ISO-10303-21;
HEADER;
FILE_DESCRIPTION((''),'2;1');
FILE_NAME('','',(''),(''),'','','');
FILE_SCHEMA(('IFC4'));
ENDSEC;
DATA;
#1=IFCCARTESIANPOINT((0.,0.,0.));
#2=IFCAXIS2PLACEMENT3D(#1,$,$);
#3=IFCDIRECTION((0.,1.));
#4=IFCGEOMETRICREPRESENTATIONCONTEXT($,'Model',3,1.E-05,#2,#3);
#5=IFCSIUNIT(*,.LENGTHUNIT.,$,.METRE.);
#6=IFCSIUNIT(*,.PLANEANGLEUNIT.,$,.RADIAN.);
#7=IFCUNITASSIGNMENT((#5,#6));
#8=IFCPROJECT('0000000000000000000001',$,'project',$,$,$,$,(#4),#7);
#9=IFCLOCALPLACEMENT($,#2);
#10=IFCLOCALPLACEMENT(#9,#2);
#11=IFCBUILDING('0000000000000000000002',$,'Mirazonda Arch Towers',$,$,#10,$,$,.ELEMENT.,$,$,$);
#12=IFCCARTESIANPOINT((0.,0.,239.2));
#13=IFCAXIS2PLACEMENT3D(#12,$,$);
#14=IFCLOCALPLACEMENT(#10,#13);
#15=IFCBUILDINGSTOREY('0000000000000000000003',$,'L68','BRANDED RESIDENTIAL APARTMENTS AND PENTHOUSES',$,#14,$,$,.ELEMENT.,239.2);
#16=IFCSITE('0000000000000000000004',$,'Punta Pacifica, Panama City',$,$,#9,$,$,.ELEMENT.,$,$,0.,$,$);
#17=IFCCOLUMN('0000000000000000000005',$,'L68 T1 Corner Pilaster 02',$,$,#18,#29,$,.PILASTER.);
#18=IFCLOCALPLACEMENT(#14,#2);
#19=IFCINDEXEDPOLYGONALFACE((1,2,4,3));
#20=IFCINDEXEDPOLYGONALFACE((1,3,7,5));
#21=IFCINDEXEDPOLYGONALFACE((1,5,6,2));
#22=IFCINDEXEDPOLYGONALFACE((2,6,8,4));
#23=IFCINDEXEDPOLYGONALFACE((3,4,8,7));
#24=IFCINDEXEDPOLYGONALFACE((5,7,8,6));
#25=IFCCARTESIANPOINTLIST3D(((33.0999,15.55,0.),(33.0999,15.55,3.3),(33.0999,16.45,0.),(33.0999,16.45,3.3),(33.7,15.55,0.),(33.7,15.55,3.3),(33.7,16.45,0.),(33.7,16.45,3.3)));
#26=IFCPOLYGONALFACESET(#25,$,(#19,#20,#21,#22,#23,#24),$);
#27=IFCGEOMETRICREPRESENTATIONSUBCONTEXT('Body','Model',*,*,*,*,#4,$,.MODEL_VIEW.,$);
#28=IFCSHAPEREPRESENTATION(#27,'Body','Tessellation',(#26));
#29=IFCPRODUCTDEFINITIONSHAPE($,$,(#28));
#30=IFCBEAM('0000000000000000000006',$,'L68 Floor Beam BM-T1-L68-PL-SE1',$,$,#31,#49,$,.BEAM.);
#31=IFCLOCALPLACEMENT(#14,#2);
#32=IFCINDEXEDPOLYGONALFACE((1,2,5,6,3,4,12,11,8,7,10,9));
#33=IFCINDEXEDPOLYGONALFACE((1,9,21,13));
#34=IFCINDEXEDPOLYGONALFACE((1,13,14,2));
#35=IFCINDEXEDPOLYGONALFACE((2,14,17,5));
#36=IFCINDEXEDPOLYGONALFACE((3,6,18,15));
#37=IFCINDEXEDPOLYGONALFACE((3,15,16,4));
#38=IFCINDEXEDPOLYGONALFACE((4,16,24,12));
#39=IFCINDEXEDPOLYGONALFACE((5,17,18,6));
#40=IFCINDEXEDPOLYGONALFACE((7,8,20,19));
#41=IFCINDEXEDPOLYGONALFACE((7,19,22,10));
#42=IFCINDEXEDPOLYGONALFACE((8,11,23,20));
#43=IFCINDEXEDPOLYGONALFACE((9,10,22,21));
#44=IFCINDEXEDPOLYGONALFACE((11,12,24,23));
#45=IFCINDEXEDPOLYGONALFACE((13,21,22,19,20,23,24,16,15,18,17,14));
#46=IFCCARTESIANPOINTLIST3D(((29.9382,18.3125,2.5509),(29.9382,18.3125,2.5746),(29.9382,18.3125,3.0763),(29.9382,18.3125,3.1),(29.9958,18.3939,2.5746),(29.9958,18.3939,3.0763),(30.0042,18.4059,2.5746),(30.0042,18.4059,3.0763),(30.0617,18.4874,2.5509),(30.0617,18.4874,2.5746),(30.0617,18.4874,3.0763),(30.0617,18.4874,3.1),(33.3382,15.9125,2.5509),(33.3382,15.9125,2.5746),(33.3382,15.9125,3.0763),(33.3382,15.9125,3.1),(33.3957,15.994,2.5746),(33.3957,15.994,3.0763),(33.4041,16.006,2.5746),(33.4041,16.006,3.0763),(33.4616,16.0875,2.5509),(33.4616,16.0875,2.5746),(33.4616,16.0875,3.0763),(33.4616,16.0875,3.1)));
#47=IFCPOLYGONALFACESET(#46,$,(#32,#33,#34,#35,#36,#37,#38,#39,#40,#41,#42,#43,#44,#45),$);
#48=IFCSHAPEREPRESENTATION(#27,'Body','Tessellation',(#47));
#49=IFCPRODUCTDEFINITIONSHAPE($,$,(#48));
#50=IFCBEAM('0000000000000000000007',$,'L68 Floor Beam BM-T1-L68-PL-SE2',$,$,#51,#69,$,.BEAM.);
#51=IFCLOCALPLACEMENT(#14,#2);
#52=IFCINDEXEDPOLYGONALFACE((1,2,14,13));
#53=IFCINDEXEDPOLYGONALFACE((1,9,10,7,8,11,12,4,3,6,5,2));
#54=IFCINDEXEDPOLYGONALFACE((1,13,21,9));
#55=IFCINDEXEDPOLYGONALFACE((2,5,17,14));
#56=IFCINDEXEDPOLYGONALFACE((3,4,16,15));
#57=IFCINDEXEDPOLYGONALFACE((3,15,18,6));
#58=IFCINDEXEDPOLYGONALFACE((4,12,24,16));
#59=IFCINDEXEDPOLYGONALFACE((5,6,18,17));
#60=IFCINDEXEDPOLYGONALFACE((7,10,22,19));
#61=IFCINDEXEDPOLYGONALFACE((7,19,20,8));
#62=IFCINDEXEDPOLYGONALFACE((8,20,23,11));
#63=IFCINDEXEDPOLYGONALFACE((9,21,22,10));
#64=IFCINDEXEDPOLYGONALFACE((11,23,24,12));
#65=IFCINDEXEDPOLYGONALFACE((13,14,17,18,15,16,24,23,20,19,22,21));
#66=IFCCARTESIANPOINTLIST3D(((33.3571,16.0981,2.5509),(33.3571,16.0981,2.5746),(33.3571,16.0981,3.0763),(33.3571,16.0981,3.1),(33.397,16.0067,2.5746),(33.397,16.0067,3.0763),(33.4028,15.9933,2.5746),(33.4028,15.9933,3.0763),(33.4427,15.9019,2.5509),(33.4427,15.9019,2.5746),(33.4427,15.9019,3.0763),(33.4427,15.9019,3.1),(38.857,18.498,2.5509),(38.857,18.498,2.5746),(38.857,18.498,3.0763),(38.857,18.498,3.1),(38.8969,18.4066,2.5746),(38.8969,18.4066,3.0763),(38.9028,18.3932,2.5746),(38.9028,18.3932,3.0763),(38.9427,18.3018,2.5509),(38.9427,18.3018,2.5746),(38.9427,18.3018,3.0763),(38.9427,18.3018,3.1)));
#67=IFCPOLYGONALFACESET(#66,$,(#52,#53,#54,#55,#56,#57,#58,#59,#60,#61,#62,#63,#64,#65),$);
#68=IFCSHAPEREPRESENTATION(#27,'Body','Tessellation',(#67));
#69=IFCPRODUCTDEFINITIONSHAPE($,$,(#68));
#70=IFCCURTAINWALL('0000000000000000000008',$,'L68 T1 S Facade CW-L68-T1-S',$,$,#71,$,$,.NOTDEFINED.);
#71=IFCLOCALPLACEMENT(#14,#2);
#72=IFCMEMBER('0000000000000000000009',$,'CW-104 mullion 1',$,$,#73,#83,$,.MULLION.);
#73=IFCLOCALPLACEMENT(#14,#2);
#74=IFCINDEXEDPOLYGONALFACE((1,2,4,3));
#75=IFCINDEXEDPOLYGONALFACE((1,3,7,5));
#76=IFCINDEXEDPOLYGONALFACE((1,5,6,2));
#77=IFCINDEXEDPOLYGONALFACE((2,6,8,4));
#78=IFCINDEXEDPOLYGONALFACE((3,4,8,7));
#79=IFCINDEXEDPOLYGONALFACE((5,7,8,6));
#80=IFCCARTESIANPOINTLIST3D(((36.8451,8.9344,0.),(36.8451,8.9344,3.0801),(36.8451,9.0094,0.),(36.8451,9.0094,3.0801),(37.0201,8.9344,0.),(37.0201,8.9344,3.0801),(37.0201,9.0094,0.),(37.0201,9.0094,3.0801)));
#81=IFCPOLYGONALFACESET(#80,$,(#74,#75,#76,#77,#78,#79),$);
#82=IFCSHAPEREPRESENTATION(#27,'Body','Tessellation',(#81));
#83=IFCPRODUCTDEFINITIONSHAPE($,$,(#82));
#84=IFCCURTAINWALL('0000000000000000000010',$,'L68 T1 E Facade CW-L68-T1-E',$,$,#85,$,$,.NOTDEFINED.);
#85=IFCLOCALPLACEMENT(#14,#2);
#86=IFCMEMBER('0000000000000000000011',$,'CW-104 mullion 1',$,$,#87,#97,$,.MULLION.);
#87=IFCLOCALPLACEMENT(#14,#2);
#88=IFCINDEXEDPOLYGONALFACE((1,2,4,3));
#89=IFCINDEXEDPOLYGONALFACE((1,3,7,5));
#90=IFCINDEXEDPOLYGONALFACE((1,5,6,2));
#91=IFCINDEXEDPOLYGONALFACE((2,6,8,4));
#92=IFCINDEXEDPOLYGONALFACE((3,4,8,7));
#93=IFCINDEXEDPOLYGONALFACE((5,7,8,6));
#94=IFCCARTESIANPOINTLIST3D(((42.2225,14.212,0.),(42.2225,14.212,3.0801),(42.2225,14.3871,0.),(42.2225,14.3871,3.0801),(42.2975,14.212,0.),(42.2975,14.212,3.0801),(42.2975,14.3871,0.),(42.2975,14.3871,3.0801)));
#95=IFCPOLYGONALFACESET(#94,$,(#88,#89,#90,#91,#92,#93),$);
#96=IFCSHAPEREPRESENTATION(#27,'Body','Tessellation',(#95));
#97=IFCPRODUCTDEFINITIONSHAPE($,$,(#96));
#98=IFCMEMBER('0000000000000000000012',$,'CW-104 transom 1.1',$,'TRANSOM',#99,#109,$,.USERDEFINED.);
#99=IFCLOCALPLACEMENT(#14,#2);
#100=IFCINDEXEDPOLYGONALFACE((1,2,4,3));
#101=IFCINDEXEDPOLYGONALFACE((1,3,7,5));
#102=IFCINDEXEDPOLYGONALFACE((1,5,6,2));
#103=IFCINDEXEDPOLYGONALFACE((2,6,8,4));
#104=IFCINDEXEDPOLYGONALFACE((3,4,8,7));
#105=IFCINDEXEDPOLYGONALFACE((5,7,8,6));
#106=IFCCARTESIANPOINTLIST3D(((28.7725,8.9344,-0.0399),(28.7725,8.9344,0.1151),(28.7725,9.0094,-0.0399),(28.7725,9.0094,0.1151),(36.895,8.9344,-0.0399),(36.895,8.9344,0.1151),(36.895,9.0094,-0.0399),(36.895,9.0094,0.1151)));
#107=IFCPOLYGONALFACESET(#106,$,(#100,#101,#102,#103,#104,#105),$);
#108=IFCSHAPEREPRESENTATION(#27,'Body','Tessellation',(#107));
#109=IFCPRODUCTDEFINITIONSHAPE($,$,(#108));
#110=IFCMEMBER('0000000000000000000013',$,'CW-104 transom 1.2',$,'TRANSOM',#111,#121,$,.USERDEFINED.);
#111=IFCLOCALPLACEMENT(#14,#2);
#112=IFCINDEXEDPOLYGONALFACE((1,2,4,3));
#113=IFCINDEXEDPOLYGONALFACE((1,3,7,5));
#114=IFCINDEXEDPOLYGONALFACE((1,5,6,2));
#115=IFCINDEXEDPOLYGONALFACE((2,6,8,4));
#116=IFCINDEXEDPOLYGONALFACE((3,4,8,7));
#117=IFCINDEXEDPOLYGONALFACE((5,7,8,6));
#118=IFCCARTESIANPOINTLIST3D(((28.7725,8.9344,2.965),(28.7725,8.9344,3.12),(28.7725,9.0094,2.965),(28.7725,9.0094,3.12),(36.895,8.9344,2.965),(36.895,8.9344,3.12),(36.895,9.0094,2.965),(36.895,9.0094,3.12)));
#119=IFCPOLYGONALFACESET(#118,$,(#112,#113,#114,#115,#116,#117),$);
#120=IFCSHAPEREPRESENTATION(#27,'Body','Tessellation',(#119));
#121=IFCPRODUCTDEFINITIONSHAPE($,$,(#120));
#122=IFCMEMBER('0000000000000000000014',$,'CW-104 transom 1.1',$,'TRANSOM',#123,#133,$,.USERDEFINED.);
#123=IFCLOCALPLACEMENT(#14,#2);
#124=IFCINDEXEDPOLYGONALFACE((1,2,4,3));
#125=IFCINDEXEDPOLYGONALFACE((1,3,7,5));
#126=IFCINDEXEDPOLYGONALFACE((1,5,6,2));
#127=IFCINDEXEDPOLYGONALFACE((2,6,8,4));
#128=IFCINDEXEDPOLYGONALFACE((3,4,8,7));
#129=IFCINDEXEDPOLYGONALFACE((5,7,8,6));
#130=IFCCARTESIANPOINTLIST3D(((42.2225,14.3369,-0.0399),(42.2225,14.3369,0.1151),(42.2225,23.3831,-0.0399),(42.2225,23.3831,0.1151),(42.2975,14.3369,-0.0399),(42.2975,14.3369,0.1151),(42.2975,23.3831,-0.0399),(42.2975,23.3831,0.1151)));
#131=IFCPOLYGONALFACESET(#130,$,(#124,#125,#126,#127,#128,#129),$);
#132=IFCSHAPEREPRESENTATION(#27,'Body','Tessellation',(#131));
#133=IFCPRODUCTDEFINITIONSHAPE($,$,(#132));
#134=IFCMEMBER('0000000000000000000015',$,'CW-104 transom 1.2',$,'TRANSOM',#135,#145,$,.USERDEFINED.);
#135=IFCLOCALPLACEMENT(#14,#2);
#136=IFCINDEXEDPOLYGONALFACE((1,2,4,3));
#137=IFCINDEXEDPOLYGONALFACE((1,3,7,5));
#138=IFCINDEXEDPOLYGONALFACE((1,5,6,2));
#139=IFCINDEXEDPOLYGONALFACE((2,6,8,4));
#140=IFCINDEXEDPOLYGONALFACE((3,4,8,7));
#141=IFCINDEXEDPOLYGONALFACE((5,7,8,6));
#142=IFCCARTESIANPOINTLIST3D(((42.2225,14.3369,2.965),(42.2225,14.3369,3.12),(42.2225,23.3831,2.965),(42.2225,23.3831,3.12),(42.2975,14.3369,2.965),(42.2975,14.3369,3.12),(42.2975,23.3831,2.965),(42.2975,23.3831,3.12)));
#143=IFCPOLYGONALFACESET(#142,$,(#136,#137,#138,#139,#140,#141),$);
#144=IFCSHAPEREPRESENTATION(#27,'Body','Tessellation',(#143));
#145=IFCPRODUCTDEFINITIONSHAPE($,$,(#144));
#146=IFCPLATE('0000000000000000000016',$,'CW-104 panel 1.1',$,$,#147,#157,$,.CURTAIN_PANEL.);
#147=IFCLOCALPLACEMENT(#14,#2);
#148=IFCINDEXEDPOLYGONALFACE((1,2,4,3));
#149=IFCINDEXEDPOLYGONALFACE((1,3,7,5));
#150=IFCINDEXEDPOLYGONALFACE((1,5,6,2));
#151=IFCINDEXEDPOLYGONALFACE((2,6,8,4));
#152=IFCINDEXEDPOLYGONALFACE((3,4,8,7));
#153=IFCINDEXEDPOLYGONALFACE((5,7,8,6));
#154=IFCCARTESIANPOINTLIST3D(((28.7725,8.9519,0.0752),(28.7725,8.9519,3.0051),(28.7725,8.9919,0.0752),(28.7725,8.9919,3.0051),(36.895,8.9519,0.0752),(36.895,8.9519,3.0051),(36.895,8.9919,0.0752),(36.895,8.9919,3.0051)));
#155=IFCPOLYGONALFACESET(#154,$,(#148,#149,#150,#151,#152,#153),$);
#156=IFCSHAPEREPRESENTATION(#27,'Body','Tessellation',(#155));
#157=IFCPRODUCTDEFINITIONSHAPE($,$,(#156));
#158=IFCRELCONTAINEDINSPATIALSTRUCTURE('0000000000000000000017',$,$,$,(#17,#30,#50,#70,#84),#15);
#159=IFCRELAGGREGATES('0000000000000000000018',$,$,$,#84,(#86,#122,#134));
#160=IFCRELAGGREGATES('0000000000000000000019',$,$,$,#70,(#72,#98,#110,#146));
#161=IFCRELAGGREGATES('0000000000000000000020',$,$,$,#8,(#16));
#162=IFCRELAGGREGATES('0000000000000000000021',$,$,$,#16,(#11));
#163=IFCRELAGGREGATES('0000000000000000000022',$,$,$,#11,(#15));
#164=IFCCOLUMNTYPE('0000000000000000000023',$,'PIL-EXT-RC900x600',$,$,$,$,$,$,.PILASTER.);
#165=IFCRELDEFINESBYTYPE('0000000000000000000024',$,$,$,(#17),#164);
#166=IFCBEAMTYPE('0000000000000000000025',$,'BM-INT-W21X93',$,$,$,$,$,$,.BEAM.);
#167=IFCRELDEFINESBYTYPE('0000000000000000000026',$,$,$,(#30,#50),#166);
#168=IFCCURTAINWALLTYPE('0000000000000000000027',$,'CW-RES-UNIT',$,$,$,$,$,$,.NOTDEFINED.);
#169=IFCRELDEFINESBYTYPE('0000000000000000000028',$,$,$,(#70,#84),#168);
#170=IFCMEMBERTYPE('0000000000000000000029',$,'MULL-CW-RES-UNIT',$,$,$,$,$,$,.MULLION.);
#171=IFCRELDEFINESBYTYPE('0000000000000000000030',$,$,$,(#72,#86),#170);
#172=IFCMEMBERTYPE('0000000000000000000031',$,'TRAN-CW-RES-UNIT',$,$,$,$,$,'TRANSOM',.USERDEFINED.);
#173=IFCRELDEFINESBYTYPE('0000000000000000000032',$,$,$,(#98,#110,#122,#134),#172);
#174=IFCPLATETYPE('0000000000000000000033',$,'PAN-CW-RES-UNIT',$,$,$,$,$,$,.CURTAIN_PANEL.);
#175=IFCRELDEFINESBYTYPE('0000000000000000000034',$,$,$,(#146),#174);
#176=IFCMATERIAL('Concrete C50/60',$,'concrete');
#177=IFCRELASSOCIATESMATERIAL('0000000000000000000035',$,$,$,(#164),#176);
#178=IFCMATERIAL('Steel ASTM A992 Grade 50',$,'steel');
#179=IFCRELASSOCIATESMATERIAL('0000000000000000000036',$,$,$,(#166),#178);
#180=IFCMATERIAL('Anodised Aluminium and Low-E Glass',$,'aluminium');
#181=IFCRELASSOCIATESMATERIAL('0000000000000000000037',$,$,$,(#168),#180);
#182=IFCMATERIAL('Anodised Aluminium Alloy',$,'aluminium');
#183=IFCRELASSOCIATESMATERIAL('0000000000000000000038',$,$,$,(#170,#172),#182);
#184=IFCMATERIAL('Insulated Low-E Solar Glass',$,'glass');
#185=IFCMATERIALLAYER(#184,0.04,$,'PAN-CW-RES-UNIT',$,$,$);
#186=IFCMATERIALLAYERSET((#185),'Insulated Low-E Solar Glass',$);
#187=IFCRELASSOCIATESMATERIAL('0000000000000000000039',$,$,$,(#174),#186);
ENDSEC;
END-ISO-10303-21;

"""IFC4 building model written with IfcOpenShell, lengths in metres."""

from ifc_helpers import new_model, si_unit, direction, frame, origin, origin_2d, place, context, subcontext, project, spatial, rectangle, i_section, extrude, material, layer, layer_set, material_profile, profile_set, type_object, element, aggregate, save


model = new_model("IFC4")

# Units and contexts
model_context = context("Model", 3, precision=1e-05, world=origin(), true_north=direction((0.0, 1.0)))
body_context = subcontext(model_context, "Body", "Model", "MODEL_VIEW")
ifc_project = project(units=[si_unit("LENGTHUNIT", "METRE"), si_unit("PLANEANGLEUNIT", "RADIAN")], contexts=[model_context])

# Site, building, storey
site_placement = place(None, origin())
site = spatial("IfcSite", under=ifc_project, at=site_placement, Name="Punta Pacifica, Panama City", CompositionType="ELEMENT", RefElevation=0.0)
building_placement = place(site_placement, origin())
building = spatial("IfcBuilding", under=site, at=building_placement, Name="Mirazonda Arch Towers", CompositionType="ELEMENT")
storey_placement = place(building_placement, frame((0.0, 0.0, 239.2)))
storey = spatial("IfcBuildingStorey", under=building, at=storey_placement, Name="L68", Description="BRANDED RESIDENTIAL APARTMENTS AND PENTHOUSES", CompositionType="ELEMENT", Elevation=239.2)

# Column
ifc_material_1 = material(Name="Concrete C50/60", Category="concrete")
ifc_material_profile_1 = material_profile(ifc_material_1, rectangle(XDim=0.6001, YDim=0.8999, at=origin_2d()), Name="RC900x600")
ifc_profile_set_1 = profile_set([ifc_material_profile_1], Name="Concrete C50/60")
column_type = type_object("IfcColumnType", Name="PIL-EXT-RC900x600", PredefinedType="PILASTER", material=ifc_profile_set_1)
column_placement = place(storey_placement, frame((33.3999, 16.0, 0.0), z_axis=(0.0, 0.0, 1.0), x_axis=(1.0, 0.0, 0.0)))
element("IfcColumn", 1, at=column_placement, inside=storey, type_object=column_type, Name="L68 T1 Corner Pilaster 02", PredefinedType="PILASTER", context=body_context, shape_type="SweptSolid", body=[
    extrude(rectangle(XDim=0.6001, YDim=0.8999, at=origin_2d()), origin(), (0.0, 0.0, 1.0), 3.3),
])

# Beams
ifc_material_2 = material(Name="Steel ASTM A992 Grade 50", Category="steel")
ifc_material_profile_2 = material_profile(ifc_material_2, i_section(OverallWidth=0.2141, OverallDepth=0.5491, WebThickness=0.0146, FlangeThickness=0.0237, at=origin_2d()), Name="W21X93")
ifc_profile_set_2 = profile_set([ifc_material_profile_2], Name="Steel ASTM A992 Grade 50")
beam_type = type_object("IfcBeamType", Name="BM-INT-W21X93", PredefinedType="BEAM", material=ifc_profile_set_2)
beam_1_placement = place(storey_placement, frame((33.3999, 16.0, 2.8254), z_axis=(-0.816971, 0.576679, 0.0), x_axis=(-0.576679, -0.816971, 0.0)))
element("IfcBeam", 2, at=beam_1_placement, inside=storey, type_object=beam_type, Name="L68 Floor Beam BM-T1-L68-PL-SE1", PredefinedType="BEAM", context=body_context, shape_type="SweptSolid", body=[
    extrude(i_section(OverallWidth=0.2141, OverallDepth=0.5491, WebThickness=0.0146, FlangeThickness=0.0237, at=origin_2d()), origin(), (0.0, 0.0, 1.0), 4.1616),
])
beam_2_placement = place(storey_placement, frame((33.3999, 16.0, 2.8254), z_axis=(0.916545, 0.399931, 0.0), x_axis=(-0.399931, 0.916545, 0.0)))
element("IfcBeam", 3, at=beam_2_placement, inside=storey, type_object=beam_type, Name="L68 Floor Beam BM-T1-L68-PL-SE2", PredefinedType="BEAM", context=body_context, shape_type="SweptSolid", body=[
    extrude(i_section(OverallWidth=0.2141, OverallDepth=0.5491, WebThickness=0.0146, FlangeThickness=0.0237, at=origin_2d()), origin(), (0.0, 0.0, 1.0), 6.0007),
])

# Curtain walls, members
ifc_material_3 = material(Name="Anodised Aluminium and Low-E Glass", Category="aluminium")
curtain_wall_type = type_object("IfcCurtainWallType", Name="CW-RES-UNIT", PredefinedType="NOTDEFINED", material=ifc_material_3)
curtain_wall_1_placement = place(storey_placement, origin())
curtain_wall_1 = element("IfcCurtainWall", 4, at=curtain_wall_1_placement, inside=storey, type_object=curtain_wall_type, Name="L68 T1 S Facade CW-L68-T1-S", PredefinedType="NOTDEFINED")
ifc_material_4 = material(Name="Anodised Aluminium Alloy", Category="aluminium")
ifc_material_profile_3 = material_profile(ifc_material_4, rectangle(XDim=0.075, YDim=0.175, at=origin_2d()), Name="ALU-MULL-75x175")
ifc_profile_set_3 = profile_set([ifc_material_profile_3], Name="Anodised Aluminium Alloy")
member_type_1 = type_object("IfcMemberType", Name="MULL-CW-RES-UNIT", PredefinedType="MULLION", material=ifc_profile_set_3)
member_1_placement = place(storey_placement, frame((36.9326, 8.9719, 0.0), z_axis=(0.0, 0.0, 1.0), x_axis=(0.0, -1.0, 0.0)))
member_1 = element("IfcMember", 5, at=member_1_placement, type_object=member_type_1, Name="CW-104 mullion 1", PredefinedType="MULLION", context=body_context, shape_type="SweptSolid", body=[
    extrude(rectangle(XDim=0.075, YDim=0.175, at=origin_2d()), origin(), (0.0, 0.0, 1.0), 3.0801),
])
curtain_wall_2_placement = place(storey_placement, origin())
curtain_wall_2 = element("IfcCurtainWall", 6, at=curtain_wall_2_placement, inside=storey, type_object=curtain_wall_type, Name="L68 T1 E Facade CW-L68-T1-E", PredefinedType="NOTDEFINED")
member_2_placement = place(storey_placement, frame((42.26, 14.2996, 0.0), z_axis=(0.0, 0.0, 1.0), x_axis=(-1.0, 0.0, 0.0)))
member_2 = element("IfcMember", 7, at=member_2_placement, type_object=member_type_1, Name="CW-104 mullion 1", PredefinedType="MULLION", context=body_context, shape_type="SweptSolid", body=[
    extrude(rectangle(XDim=0.075, YDim=0.175, at=origin_2d()), origin(), (0.0, 0.0, 1.0), 3.0801),
])

# Members
ifc_material_profile_4 = material_profile(ifc_material_4, rectangle(XDim=0.075, YDim=0.155, at=origin_2d()), Name="ALU-TRAN-75x155")
ifc_profile_set_4 = profile_set([ifc_material_profile_4], Name="Anodised Aluminium Alloy")
member_type_2 = type_object("IfcMemberType", Name="TRAN-CW-RES-UNIT", ElementType="TRANSOM", PredefinedType="USERDEFINED", material=ifc_profile_set_4)
member_3_placement = place(storey_placement, frame((36.895, 8.9719, 0.0376), z_axis=(-1.0, 0.0, 0.0), x_axis=(0.0, -1.0, 0.0)))
member_3 = element("IfcMember", 8, at=member_3_placement, type_object=member_type_2, Name="CW-104 transom 1.1", ObjectType="TRANSOM", PredefinedType="USERDEFINED", context=body_context, shape_type="SweptSolid", body=[
    extrude(rectangle(XDim=0.075, YDim=0.155, at=origin_2d()), origin(), (0.0, 0.0, 1.0), 8.1226),
])
member_4_placement = place(storey_placement, frame((36.895, 8.9719, 3.0425), z_axis=(-1.0, 0.0, 0.0), x_axis=(0.0, -1.0, 0.0)))
member_4 = element("IfcMember", 9, at=member_4_placement, type_object=member_type_2, Name="CW-104 transom 1.2", ObjectType="TRANSOM", PredefinedType="USERDEFINED", context=body_context, shape_type="SweptSolid", body=[
    extrude(rectangle(XDim=0.075, YDim=0.155, at=origin_2d()), origin(), (0.0, 0.0, 1.0), 8.1226),
])
member_5_placement = place(storey_placement, frame((42.26, 14.3369, 0.0376), z_axis=(0.0, 1.0, 0.0), x_axis=(-1.0, 0.0, 0.0)))
member_5 = element("IfcMember", 10, at=member_5_placement, type_object=member_type_2, Name="CW-104 transom 1.1", ObjectType="TRANSOM", PredefinedType="USERDEFINED", context=body_context, shape_type="SweptSolid", body=[
    extrude(rectangle(XDim=0.075, YDim=0.155, at=origin_2d()), origin(), (0.0, 0.0, 1.0), 9.0461),
])
member_6_placement = place(storey_placement, frame((42.26, 14.3369, 3.0425), z_axis=(0.0, 1.0, 0.0), x_axis=(-1.0, 0.0, 0.0)))
member_6 = element("IfcMember", 11, at=member_6_placement, type_object=member_type_2, Name="CW-104 transom 1.2", ObjectType="TRANSOM", PredefinedType="USERDEFINED", context=body_context, shape_type="SweptSolid", body=[
    extrude(rectangle(XDim=0.075, YDim=0.155, at=origin_2d()), origin(), (0.0, 0.0, 1.0), 9.0461),
])
aggregate(curtain_wall_2, [member_2, member_5, member_6])

# Plate
ifc_material_5 = material(Name="Insulated Low-E Solar Glass", Category="glass")
ifc_layer_1 = layer(ifc_material_5, 0.04, Name="PAN-CW-RES-UNIT")
ifc_layer_set_1 = layer_set([ifc_layer_1], Name="Insulated Low-E Solar Glass")
plate_type = type_object("IfcPlateType", Name="PAN-CW-RES-UNIT", PredefinedType="CURTAIN_PANEL", material=ifc_layer_set_1)
plate_placement = place(storey_placement, frame((32.8337, 8.9719, 0.0752), z_axis=(0.0, 0.0, 1.0), x_axis=(-1.0, 0.0, 0.0)))
plate = element("IfcPlate", 12, at=plate_placement, type_object=plate_type, Name="CW-104 panel 1.1", PredefinedType="CURTAIN_PANEL", context=body_context, shape_type="SweptSolid", body=[
    extrude(rectangle(XDim=8.1226, YDim=0.04, at=origin_2d()), origin(), (0.0, 0.0, 1.0), 2.9299),
])
aggregate(curtain_wall_1, [member_1, member_3, member_4, plate])

save(model, "model.ifc")
